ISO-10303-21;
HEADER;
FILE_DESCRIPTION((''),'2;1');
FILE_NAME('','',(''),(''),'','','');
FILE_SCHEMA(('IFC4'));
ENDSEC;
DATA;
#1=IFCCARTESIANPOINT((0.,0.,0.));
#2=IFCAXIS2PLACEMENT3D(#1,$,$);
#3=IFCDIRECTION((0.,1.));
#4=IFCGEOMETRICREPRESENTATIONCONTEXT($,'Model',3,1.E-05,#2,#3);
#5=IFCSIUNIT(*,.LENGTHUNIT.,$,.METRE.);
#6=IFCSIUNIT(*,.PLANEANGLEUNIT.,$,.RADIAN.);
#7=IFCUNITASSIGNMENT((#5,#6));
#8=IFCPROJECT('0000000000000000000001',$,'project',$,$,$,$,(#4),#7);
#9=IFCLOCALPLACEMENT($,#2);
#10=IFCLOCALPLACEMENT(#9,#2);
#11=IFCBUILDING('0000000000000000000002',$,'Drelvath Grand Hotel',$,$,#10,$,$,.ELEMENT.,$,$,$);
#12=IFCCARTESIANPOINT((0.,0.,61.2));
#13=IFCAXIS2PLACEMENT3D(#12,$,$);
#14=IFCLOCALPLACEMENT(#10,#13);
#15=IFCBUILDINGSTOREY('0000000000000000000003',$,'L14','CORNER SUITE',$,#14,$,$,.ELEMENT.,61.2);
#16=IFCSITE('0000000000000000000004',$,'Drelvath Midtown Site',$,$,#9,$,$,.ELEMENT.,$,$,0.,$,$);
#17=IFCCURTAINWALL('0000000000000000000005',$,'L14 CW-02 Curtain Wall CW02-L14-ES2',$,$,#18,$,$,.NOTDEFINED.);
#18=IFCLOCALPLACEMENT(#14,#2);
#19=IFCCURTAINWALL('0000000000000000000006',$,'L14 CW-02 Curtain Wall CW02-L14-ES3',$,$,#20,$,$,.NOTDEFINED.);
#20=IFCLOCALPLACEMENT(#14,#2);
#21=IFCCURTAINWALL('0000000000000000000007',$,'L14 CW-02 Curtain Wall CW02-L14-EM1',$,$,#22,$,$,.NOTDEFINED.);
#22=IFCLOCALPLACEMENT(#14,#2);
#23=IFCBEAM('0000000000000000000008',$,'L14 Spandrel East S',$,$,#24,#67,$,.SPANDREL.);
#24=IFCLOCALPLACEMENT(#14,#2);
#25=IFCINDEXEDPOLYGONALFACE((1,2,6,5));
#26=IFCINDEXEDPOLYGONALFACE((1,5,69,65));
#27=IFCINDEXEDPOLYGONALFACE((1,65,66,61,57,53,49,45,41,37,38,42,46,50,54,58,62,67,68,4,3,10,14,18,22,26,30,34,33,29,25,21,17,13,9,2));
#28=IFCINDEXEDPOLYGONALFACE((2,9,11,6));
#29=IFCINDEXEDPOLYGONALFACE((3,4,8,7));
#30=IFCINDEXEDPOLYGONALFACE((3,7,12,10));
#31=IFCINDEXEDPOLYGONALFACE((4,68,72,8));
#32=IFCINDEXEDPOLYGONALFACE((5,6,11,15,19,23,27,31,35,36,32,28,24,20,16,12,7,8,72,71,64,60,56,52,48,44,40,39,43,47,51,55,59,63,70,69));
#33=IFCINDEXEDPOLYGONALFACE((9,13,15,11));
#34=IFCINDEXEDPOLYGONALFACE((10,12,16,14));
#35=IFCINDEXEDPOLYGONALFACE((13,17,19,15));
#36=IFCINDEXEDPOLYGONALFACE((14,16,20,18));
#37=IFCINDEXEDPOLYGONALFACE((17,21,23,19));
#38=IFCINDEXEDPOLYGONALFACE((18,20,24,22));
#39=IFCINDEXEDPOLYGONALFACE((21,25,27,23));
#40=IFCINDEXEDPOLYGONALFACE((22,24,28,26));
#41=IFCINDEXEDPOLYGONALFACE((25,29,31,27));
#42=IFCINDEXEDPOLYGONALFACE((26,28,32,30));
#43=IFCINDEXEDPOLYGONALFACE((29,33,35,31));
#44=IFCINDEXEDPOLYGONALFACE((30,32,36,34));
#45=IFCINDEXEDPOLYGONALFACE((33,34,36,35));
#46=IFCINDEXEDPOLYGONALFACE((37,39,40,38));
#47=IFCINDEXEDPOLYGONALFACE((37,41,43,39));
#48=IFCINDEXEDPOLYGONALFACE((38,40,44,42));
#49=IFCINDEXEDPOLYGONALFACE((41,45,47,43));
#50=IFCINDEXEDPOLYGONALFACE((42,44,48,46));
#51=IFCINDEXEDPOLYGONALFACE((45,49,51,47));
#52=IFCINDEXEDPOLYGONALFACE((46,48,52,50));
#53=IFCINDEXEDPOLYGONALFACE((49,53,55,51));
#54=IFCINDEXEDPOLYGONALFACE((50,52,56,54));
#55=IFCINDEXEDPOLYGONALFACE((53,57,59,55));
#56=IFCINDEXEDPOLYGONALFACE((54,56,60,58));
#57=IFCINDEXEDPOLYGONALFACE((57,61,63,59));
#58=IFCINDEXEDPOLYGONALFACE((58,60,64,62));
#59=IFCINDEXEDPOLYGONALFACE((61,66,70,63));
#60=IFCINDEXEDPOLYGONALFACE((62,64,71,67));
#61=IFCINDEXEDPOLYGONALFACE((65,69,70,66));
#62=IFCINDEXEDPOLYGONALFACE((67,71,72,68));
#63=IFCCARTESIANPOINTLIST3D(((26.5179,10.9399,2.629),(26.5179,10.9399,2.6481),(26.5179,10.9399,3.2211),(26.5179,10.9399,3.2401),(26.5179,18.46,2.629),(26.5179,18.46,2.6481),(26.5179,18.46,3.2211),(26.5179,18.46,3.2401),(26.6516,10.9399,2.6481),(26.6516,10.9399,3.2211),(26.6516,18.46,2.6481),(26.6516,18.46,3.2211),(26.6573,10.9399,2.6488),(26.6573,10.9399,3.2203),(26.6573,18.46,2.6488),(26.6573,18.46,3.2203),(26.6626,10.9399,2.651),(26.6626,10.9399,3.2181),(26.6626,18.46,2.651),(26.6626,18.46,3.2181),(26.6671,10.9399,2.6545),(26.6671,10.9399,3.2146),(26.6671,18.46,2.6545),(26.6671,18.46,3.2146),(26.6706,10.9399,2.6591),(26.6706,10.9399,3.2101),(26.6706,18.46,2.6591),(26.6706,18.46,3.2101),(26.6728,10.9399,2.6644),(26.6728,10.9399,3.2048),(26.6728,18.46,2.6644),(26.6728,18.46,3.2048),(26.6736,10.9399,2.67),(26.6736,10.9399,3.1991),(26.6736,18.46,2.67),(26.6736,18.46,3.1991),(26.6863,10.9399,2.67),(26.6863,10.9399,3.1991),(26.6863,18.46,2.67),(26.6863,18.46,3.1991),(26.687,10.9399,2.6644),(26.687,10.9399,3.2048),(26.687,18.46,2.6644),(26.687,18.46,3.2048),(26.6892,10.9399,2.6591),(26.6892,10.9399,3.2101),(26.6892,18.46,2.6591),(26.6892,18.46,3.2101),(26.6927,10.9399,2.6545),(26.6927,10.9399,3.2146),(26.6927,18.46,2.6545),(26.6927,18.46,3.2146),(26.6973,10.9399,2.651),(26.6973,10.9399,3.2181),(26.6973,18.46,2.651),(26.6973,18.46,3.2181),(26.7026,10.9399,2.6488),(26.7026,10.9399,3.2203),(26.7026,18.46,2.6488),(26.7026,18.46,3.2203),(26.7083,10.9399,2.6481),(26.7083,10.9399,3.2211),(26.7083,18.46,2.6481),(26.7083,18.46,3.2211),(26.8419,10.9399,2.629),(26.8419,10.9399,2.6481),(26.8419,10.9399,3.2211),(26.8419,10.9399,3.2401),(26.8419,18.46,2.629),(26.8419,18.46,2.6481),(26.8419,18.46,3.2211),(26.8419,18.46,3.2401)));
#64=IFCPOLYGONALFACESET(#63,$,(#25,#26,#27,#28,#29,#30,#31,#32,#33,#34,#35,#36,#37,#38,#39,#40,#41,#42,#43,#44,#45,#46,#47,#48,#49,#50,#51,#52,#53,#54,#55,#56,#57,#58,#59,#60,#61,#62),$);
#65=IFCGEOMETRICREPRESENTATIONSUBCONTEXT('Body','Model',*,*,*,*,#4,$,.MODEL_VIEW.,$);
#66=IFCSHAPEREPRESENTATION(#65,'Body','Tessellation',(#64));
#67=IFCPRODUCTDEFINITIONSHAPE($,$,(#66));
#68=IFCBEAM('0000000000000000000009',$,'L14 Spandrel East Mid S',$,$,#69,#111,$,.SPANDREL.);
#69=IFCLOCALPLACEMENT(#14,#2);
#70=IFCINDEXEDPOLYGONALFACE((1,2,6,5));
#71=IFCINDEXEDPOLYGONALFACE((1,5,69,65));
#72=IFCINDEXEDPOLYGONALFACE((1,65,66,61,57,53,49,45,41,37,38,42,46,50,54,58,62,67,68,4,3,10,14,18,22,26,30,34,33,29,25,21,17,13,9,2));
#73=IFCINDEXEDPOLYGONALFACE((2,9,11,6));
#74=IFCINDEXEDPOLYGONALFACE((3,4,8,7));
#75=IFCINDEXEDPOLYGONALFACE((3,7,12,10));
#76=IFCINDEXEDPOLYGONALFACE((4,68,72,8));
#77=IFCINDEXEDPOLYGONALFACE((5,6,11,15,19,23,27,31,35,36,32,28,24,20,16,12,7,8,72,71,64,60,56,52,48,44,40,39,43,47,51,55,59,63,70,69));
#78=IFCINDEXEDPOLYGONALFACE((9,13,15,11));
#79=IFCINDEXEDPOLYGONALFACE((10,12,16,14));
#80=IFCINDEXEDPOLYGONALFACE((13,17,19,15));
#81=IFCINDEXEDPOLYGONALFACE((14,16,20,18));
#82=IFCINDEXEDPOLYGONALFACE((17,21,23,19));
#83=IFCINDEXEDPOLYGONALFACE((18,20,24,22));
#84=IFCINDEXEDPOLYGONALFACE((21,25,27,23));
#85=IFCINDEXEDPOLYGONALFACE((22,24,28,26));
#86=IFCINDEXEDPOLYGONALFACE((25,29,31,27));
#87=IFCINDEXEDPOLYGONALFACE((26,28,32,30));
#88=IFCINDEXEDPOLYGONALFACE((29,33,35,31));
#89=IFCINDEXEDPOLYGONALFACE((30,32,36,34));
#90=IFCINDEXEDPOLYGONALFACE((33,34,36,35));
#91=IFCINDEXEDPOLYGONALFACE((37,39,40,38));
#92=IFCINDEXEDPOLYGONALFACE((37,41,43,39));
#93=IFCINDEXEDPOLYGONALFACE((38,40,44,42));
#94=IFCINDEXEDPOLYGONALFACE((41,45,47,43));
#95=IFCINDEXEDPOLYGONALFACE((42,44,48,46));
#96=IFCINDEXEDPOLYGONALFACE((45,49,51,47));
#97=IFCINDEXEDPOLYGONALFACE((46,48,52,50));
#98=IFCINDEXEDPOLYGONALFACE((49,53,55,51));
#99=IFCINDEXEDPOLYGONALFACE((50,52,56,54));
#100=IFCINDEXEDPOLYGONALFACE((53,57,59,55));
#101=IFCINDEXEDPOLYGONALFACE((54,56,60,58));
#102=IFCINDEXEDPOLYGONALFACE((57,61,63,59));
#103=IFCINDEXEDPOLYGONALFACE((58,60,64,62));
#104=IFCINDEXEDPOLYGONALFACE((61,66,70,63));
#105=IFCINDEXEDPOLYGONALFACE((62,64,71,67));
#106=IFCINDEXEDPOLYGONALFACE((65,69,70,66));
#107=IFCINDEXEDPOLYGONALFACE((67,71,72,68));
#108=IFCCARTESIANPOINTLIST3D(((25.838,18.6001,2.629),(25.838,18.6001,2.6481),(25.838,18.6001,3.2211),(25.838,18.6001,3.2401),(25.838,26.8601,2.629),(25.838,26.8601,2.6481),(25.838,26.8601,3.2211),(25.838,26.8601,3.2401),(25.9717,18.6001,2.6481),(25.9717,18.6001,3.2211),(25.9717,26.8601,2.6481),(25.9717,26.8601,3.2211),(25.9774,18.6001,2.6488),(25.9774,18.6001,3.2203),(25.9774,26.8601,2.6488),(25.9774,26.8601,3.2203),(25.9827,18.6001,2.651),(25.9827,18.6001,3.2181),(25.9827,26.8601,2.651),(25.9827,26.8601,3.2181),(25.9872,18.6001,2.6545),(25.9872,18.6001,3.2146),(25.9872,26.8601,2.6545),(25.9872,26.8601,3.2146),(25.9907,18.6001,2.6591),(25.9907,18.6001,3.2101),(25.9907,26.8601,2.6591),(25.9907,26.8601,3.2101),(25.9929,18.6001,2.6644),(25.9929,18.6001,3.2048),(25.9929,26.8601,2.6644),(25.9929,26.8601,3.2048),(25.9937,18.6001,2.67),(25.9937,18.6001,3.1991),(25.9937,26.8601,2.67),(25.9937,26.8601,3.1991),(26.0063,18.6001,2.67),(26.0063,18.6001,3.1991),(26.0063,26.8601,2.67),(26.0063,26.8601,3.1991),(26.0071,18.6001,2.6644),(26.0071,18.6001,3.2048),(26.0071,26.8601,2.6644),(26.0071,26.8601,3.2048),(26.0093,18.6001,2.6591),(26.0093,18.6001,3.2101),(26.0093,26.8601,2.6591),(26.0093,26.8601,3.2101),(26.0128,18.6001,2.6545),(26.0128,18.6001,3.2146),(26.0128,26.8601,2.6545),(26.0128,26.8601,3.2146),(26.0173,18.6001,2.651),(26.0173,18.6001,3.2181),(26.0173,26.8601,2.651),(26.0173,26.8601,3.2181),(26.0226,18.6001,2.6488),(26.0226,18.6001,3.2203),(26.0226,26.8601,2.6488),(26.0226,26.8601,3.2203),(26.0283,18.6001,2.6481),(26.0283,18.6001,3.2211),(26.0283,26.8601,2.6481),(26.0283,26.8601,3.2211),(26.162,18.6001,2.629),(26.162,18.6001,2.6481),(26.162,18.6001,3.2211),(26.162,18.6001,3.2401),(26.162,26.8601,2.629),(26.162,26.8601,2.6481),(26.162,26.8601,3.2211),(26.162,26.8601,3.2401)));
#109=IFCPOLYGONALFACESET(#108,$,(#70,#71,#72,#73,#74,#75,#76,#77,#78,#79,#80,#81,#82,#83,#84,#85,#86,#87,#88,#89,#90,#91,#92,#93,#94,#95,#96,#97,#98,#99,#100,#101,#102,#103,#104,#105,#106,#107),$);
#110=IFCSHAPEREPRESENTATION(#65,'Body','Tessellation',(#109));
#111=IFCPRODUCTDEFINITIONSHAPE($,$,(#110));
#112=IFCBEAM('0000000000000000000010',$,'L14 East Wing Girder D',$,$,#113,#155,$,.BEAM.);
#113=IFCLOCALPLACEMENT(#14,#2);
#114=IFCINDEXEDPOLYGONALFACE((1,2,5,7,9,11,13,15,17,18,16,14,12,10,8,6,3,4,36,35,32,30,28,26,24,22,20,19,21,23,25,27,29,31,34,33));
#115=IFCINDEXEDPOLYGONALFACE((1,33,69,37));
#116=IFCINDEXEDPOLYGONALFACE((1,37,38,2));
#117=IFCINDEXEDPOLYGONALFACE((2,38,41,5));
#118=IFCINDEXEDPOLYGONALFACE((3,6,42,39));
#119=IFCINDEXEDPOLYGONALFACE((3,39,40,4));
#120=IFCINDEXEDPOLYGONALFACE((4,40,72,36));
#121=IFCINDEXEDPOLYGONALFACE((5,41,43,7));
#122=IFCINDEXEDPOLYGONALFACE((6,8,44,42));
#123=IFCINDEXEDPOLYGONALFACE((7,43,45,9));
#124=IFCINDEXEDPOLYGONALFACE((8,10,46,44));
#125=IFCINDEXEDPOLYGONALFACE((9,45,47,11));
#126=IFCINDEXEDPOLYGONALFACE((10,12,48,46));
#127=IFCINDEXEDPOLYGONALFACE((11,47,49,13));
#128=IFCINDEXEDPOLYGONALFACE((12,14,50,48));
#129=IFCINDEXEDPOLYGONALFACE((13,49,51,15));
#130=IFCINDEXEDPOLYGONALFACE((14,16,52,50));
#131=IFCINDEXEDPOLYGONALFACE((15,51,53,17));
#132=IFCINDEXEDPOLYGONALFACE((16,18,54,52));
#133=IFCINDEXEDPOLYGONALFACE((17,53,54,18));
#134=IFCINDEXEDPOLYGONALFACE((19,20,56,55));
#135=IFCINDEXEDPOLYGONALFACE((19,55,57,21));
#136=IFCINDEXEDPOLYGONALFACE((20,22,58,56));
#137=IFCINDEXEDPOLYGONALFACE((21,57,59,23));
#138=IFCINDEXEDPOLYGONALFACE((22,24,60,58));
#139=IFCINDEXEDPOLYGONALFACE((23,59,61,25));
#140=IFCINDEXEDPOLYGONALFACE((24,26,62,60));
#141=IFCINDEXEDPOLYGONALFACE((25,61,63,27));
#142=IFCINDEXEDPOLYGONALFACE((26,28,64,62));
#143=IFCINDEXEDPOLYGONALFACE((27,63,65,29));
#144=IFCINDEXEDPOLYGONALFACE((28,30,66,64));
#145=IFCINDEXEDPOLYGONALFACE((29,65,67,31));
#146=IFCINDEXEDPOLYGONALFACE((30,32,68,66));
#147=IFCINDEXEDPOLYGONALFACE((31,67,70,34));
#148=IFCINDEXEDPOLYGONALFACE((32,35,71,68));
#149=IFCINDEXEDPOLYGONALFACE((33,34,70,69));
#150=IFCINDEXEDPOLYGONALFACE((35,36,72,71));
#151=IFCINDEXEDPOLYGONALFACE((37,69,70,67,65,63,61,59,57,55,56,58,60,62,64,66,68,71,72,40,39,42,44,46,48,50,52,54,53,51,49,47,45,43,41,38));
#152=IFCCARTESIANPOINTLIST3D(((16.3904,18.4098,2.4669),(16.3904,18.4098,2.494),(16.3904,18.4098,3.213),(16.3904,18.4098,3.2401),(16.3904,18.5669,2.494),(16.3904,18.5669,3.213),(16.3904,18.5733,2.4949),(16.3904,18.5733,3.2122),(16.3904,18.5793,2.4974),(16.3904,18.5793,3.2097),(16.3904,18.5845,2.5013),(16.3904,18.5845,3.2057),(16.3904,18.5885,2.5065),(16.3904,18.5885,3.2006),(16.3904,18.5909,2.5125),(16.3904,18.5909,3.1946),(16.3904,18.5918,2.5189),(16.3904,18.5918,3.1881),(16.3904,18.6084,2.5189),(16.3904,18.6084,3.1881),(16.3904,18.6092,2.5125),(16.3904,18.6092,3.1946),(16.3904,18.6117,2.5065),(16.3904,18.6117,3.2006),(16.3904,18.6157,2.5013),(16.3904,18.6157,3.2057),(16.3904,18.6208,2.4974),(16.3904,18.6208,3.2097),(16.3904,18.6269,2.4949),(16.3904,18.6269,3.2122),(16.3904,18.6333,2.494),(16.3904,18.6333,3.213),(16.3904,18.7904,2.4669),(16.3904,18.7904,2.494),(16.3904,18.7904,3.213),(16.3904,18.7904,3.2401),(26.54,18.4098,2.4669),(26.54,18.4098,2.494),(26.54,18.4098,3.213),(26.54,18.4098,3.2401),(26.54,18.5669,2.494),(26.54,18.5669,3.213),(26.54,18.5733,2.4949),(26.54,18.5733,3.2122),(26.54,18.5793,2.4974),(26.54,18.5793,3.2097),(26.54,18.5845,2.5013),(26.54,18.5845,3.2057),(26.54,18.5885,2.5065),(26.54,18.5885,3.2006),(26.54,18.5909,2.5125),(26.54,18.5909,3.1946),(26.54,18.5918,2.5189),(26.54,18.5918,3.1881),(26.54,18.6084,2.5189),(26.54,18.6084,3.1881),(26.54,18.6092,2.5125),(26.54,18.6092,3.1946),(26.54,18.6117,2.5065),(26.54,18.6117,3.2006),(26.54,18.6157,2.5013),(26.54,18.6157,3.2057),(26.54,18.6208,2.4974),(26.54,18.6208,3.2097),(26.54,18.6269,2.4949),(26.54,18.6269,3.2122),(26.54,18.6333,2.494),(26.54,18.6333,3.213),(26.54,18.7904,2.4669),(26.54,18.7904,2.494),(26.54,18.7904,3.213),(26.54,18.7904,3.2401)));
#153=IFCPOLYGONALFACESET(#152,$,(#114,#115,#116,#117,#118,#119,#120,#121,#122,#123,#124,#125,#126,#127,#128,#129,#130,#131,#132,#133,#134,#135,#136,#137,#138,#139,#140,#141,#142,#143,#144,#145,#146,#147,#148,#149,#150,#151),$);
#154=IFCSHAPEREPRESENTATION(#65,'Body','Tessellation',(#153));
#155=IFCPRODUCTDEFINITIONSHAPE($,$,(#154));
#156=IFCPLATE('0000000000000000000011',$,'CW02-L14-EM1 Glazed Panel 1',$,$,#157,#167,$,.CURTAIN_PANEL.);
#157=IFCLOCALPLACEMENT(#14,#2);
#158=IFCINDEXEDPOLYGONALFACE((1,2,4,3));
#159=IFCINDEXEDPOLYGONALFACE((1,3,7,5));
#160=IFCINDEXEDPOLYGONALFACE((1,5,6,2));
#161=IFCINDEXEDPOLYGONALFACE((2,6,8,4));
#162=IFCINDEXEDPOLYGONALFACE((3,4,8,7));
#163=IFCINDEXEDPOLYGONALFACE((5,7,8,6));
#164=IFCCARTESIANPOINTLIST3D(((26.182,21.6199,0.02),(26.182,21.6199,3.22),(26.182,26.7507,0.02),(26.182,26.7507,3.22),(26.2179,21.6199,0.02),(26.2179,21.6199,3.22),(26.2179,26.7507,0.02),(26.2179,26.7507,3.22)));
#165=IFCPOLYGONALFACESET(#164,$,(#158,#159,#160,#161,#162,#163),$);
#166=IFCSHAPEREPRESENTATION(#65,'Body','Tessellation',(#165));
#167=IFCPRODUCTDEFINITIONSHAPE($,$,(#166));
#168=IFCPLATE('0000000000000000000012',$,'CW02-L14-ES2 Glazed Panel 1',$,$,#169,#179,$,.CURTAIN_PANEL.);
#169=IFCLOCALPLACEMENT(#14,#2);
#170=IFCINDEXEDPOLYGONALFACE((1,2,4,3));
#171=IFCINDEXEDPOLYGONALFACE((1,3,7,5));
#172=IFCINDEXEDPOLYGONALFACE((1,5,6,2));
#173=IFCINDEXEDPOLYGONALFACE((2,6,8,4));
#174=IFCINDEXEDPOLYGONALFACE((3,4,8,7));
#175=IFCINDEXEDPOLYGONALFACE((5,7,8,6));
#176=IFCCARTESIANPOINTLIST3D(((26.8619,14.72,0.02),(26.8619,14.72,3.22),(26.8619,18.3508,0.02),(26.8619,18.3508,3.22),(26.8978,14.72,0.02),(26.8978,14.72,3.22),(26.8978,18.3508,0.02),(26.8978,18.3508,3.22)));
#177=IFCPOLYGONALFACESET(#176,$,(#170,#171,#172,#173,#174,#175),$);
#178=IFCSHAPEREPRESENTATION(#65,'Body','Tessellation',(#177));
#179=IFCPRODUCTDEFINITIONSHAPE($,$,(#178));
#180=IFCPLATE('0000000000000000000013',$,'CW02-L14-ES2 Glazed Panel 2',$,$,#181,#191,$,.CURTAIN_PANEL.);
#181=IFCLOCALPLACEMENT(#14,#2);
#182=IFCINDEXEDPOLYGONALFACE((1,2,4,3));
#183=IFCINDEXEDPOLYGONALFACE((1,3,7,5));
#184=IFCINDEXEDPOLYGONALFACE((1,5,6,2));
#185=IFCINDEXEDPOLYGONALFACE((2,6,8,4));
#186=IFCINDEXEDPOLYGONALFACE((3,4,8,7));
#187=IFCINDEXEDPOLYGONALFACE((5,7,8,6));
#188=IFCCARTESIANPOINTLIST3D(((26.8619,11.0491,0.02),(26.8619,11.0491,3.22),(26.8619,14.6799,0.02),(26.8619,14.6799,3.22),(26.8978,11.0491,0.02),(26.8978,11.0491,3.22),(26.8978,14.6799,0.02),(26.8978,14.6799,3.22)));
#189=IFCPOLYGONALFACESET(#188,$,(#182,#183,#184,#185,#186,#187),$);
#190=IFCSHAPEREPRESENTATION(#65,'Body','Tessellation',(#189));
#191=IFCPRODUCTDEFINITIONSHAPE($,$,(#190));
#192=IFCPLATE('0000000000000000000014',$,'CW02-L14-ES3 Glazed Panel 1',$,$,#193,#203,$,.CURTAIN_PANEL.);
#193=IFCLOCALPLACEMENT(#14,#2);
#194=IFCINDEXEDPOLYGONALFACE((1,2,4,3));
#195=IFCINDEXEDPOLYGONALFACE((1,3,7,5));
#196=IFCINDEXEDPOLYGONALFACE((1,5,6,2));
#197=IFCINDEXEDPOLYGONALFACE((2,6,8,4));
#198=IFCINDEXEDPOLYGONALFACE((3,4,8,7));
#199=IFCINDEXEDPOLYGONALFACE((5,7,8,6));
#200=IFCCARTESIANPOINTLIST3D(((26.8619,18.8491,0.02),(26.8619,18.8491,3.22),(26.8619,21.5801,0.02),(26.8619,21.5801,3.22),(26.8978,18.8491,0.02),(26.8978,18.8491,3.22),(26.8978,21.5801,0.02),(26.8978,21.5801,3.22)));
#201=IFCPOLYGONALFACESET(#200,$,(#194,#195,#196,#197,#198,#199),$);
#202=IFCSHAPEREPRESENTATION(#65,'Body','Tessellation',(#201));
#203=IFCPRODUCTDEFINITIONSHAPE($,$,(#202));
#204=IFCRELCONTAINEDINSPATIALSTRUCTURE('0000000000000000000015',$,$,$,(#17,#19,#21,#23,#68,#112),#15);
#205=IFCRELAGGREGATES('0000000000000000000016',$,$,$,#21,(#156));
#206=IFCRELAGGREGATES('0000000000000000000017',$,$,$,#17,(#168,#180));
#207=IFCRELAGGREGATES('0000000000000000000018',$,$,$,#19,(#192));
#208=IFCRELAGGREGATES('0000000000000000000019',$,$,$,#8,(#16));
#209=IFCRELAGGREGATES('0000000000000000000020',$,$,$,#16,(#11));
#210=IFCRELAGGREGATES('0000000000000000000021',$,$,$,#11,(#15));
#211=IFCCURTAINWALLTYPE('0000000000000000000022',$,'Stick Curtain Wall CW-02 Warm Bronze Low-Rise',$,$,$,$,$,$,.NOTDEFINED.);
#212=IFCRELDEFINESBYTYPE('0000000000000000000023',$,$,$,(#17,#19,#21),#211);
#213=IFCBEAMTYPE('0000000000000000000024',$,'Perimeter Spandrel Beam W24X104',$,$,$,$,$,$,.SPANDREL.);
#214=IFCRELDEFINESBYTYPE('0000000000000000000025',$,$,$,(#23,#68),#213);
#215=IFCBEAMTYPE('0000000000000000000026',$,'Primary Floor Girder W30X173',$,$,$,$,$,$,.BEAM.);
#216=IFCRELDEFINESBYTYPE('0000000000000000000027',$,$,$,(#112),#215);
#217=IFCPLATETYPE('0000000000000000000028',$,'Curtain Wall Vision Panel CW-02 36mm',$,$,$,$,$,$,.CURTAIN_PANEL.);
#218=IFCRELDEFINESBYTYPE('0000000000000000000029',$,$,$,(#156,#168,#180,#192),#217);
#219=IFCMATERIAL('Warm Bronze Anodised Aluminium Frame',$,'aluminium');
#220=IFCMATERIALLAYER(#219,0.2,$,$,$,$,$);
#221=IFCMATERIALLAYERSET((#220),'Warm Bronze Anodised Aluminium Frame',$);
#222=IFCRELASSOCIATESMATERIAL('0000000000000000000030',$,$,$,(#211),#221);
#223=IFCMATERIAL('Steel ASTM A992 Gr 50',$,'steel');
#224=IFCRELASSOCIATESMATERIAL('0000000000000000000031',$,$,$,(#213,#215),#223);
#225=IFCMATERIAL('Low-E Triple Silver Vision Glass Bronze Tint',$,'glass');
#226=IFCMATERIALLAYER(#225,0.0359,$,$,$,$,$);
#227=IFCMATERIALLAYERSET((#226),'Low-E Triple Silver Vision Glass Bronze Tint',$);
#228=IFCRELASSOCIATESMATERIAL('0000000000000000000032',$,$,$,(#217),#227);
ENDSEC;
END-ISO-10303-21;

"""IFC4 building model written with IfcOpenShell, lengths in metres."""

from ifc_helpers import new_model, si_unit, direction, frame, origin, origin_2d, place, context, subcontext, project, spatial, rectangle, i_section, extrude, material, layer, layer_set, material_profile, profile_set, type_object, element, aggregate, save


model = new_model("IFC4")

# Units and contexts
model_context = context("Model", 3, precision=1e-05, world=origin(), true_north=direction((0.0, 1.0)))
body_context = subcontext(model_context, "Body", "Model", "MODEL_VIEW")
ifc_project = project(units=[si_unit("LENGTHUNIT", "METRE"), si_unit("PLANEANGLEUNIT", "RADIAN")], contexts=[model_context])

# Site, building, storey
site_placement = place(None, origin())
site = spatial("IfcSite", under=ifc_project, at=site_placement, Name="Drelvath Midtown Site", CompositionType="ELEMENT", RefElevation=0.0)
building_placement = place(site_placement, origin())
building = spatial("IfcBuilding", under=site, at=building_placement, Name="Drelvath Grand Hotel", CompositionType="ELEMENT")
storey_placement = place(building_placement, frame((0.0, 0.0, 61.2)))
storey = spatial("IfcBuildingStorey", under=building, at=storey_placement, Name="L14", Description="CORNER SUITE", CompositionType="ELEMENT", Elevation=61.2)

# Curtain walls
ifc_material_1 = material(Name="Warm Bronze Anodised Aluminium Frame", Category="aluminium")
ifc_layer_1 = layer(ifc_material_1, 0.2)
ifc_layer_set_1 = layer_set([ifc_layer_1], Name="Warm Bronze Anodised Aluminium Frame")
curtain_wall_type = type_object("IfcCurtainWallType", Name="Stick Curtain Wall CW-02 Warm Bronze Low-Rise", PredefinedType="NOTDEFINED", material=ifc_layer_set_1)
curtain_wall_1_placement = place(storey_placement, origin())
curtain_wall_1 = element("IfcCurtainWall", 1, at=curtain_wall_1_placement, inside=storey, type_object=curtain_wall_type, Name="L14 CW-02 Curtain Wall CW02-L14-ES2", PredefinedType="NOTDEFINED")
curtain_wall_2_placement = place(storey_placement, origin())
curtain_wall_2 = element("IfcCurtainWall", 2, at=curtain_wall_2_placement, inside=storey, type_object=curtain_wall_type, Name="L14 CW-02 Curtain Wall CW02-L14-ES3", PredefinedType="NOTDEFINED")
curtain_wall_3_placement = place(storey_placement, origin())
curtain_wall_3 = element("IfcCurtainWall", 3, at=curtain_wall_3_placement, inside=storey, type_object=curtain_wall_type, Name="L14 CW-02 Curtain Wall CW02-L14-EM1", PredefinedType="NOTDEFINED")

# Beams
ifc_material_2 = material(Name="Steel ASTM A992 Gr 50", Category="steel")
ifc_material_profile_1 = material_profile(ifc_material_2, i_section(OverallWidth=0.324, OverallDepth=0.6111, WebThickness=0.0127, FlangeThickness=0.019, FilletRadius=0.022, at=origin_2d()), Name="W24X104")
ifc_profile_set_1 = profile_set([ifc_material_profile_1], Name="Steel ASTM A992 Gr 50")
beam_type_1 = type_object("IfcBeamType", Name="Perimeter Spandrel Beam W24X104", PredefinedType="SPANDREL", material=ifc_profile_set_1)
beam_1_placement = place(storey_placement, frame((26.6799, 10.9399, 2.9346), z_axis=(0.0, 1.0, 0.0), x_axis=(-1.0, 0.0, 0.0)))
element("IfcBeam", 4, at=beam_1_placement, inside=storey, type_object=beam_type_1, Name="L14 Spandrel East S", PredefinedType="SPANDREL", context=body_context, shape_type="SweptSolid", body=[
    extrude(i_section(OverallWidth=0.324, OverallDepth=0.6111, WebThickness=0.0127, FlangeThickness=0.019, FilletRadius=0.022, at=origin_2d()), origin(), (0.0, 0.0, 1.0), 7.52),
])
beam_2_placement = place(storey_placement, frame((26.0, 18.6001, 2.9346), z_axis=(0.0, 1.0, 0.0), x_axis=(-1.0, 0.0, 0.0)))
element("IfcBeam", 5, at=beam_2_placement, inside=storey, type_object=beam_type_1, Name="L14 Spandrel East Mid S", PredefinedType="SPANDREL", context=body_context, shape_type="SweptSolid", body=[
    extrude(i_section(OverallWidth=0.324, OverallDepth=0.6111, WebThickness=0.0127, FlangeThickness=0.019, FilletRadius=0.022, at=origin_2d()), origin(), (0.0, 0.0, 1.0), 8.26),
])
ifc_material_profile_2 = material_profile(ifc_material_2, i_section(OverallWidth=0.3806, OverallDepth=0.7732, WebThickness=0.0166, FlangeThickness=0.0271, FilletRadius=0.0249, at=origin_2d()), Name="W30X173")
ifc_profile_set_2 = profile_set([ifc_material_profile_2], Name="Steel ASTM A992 Gr 50")
beam_type_2 = type_object("IfcBeamType", Name="Primary Floor Girder W30X173", PredefinedType="BEAM", material=ifc_profile_set_2)
beam_3_placement = place(storey_placement, frame((16.3904, 18.6001, 2.8535), z_axis=(1.0, 0.0, 0.0), x_axis=(0.0, 1.0, 0.0)))
element("IfcBeam", 6, at=beam_3_placement, inside=storey, type_object=beam_type_2, Name="L14 East Wing Girder D", PredefinedType="BEAM", context=body_context, shape_type="SweptSolid", body=[
    extrude(i_section(OverallWidth=0.3806, OverallDepth=0.7732, WebThickness=0.0166, FlangeThickness=0.0271, FilletRadius=0.0249, at=origin_2d()), origin(), (0.0, 0.0, 1.0), 10.1497),
])

# Plates
ifc_material_3 = material(Name="Low-E Triple Silver Vision Glass Bronze Tint", Category="glass")
ifc_layer_2 = layer(ifc_material_3, 0.0359)
ifc_layer_set_2 = layer_set([ifc_layer_2], Name="Low-E Triple Silver Vision Glass Bronze Tint")
plate_type = type_object("IfcPlateType", Name="Curtain Wall Vision Panel CW-02 36mm", PredefinedType="CURTAIN_PANEL", material=ifc_layer_set_2)
plate_1_placement = place(storey_placement, frame((26.2, 24.1853, 0.02), z_axis=(0.0, 0.0, 1.0), x_axis=(0.0, -1.0, 0.0)))
plate_1 = element("IfcPlate", 7, at=plate_1_placement, type_object=plate_type, Name="CW02-L14-EM1 Glazed Panel 1", PredefinedType="CURTAIN_PANEL", context=body_context, shape_type="SweptSolid", body=[
    extrude(rectangle(XDim=5.1309, YDim=0.0359, at=origin_2d()), origin(), (0.0, 0.0, 1.0), 3.2),
])
aggregate(curtain_wall_3, [plate_1])
plate_2_placement = place(storey_placement, frame((26.8799, 16.5354, 0.02), z_axis=(0.0, 0.0, 1.0), x_axis=(0.0, -1.0, 0.0)))
plate_2 = element("IfcPlate", 8, at=plate_2_placement, type_object=plate_type, Name="CW02-L14-ES2 Glazed Panel 1", PredefinedType="CURTAIN_PANEL", context=body_context, shape_type="SweptSolid", body=[
    extrude(rectangle(XDim=3.6309, YDim=0.0359, at=origin_2d()), origin(), (0.0, 0.0, 1.0), 3.2),
])
plate_3_placement = place(storey_placement, frame((26.8799, 12.8645, 0.02), z_axis=(0.0, 0.0, 1.0), x_axis=(0.0, -1.0, 0.0)))
plate_3 = element("IfcPlate", 9, at=plate_3_placement, type_object=plate_type, Name="CW02-L14-ES2 Glazed Panel 2", PredefinedType="CURTAIN_PANEL", context=body_context, shape_type="SweptSolid", body=[
    extrude(rectangle(XDim=3.6309, YDim=0.0359, at=origin_2d()), origin(), (0.0, 0.0, 1.0), 3.2),
])
aggregate(curtain_wall_1, [plate_2, plate_3])
plate_4_placement = place(storey_placement, frame((26.8799, 20.2146, 0.02), z_axis=(0.0, 0.0, 1.0), x_axis=(0.0, -1.0, 0.0)))
plate_4 = element("IfcPlate", 10, at=plate_4_placement, type_object=plate_type, Name="CW02-L14-ES3 Glazed Panel 1", PredefinedType="CURTAIN_PANEL", context=body_context, shape_type="SweptSolid", body=[
    extrude(rectangle(XDim=2.731, YDim=0.0359, at=origin_2d()), origin(), (0.0, 0.0, 1.0), 3.2),
])
aggregate(curtain_wall_2, [plate_4])

save(model, "model.ifc")
